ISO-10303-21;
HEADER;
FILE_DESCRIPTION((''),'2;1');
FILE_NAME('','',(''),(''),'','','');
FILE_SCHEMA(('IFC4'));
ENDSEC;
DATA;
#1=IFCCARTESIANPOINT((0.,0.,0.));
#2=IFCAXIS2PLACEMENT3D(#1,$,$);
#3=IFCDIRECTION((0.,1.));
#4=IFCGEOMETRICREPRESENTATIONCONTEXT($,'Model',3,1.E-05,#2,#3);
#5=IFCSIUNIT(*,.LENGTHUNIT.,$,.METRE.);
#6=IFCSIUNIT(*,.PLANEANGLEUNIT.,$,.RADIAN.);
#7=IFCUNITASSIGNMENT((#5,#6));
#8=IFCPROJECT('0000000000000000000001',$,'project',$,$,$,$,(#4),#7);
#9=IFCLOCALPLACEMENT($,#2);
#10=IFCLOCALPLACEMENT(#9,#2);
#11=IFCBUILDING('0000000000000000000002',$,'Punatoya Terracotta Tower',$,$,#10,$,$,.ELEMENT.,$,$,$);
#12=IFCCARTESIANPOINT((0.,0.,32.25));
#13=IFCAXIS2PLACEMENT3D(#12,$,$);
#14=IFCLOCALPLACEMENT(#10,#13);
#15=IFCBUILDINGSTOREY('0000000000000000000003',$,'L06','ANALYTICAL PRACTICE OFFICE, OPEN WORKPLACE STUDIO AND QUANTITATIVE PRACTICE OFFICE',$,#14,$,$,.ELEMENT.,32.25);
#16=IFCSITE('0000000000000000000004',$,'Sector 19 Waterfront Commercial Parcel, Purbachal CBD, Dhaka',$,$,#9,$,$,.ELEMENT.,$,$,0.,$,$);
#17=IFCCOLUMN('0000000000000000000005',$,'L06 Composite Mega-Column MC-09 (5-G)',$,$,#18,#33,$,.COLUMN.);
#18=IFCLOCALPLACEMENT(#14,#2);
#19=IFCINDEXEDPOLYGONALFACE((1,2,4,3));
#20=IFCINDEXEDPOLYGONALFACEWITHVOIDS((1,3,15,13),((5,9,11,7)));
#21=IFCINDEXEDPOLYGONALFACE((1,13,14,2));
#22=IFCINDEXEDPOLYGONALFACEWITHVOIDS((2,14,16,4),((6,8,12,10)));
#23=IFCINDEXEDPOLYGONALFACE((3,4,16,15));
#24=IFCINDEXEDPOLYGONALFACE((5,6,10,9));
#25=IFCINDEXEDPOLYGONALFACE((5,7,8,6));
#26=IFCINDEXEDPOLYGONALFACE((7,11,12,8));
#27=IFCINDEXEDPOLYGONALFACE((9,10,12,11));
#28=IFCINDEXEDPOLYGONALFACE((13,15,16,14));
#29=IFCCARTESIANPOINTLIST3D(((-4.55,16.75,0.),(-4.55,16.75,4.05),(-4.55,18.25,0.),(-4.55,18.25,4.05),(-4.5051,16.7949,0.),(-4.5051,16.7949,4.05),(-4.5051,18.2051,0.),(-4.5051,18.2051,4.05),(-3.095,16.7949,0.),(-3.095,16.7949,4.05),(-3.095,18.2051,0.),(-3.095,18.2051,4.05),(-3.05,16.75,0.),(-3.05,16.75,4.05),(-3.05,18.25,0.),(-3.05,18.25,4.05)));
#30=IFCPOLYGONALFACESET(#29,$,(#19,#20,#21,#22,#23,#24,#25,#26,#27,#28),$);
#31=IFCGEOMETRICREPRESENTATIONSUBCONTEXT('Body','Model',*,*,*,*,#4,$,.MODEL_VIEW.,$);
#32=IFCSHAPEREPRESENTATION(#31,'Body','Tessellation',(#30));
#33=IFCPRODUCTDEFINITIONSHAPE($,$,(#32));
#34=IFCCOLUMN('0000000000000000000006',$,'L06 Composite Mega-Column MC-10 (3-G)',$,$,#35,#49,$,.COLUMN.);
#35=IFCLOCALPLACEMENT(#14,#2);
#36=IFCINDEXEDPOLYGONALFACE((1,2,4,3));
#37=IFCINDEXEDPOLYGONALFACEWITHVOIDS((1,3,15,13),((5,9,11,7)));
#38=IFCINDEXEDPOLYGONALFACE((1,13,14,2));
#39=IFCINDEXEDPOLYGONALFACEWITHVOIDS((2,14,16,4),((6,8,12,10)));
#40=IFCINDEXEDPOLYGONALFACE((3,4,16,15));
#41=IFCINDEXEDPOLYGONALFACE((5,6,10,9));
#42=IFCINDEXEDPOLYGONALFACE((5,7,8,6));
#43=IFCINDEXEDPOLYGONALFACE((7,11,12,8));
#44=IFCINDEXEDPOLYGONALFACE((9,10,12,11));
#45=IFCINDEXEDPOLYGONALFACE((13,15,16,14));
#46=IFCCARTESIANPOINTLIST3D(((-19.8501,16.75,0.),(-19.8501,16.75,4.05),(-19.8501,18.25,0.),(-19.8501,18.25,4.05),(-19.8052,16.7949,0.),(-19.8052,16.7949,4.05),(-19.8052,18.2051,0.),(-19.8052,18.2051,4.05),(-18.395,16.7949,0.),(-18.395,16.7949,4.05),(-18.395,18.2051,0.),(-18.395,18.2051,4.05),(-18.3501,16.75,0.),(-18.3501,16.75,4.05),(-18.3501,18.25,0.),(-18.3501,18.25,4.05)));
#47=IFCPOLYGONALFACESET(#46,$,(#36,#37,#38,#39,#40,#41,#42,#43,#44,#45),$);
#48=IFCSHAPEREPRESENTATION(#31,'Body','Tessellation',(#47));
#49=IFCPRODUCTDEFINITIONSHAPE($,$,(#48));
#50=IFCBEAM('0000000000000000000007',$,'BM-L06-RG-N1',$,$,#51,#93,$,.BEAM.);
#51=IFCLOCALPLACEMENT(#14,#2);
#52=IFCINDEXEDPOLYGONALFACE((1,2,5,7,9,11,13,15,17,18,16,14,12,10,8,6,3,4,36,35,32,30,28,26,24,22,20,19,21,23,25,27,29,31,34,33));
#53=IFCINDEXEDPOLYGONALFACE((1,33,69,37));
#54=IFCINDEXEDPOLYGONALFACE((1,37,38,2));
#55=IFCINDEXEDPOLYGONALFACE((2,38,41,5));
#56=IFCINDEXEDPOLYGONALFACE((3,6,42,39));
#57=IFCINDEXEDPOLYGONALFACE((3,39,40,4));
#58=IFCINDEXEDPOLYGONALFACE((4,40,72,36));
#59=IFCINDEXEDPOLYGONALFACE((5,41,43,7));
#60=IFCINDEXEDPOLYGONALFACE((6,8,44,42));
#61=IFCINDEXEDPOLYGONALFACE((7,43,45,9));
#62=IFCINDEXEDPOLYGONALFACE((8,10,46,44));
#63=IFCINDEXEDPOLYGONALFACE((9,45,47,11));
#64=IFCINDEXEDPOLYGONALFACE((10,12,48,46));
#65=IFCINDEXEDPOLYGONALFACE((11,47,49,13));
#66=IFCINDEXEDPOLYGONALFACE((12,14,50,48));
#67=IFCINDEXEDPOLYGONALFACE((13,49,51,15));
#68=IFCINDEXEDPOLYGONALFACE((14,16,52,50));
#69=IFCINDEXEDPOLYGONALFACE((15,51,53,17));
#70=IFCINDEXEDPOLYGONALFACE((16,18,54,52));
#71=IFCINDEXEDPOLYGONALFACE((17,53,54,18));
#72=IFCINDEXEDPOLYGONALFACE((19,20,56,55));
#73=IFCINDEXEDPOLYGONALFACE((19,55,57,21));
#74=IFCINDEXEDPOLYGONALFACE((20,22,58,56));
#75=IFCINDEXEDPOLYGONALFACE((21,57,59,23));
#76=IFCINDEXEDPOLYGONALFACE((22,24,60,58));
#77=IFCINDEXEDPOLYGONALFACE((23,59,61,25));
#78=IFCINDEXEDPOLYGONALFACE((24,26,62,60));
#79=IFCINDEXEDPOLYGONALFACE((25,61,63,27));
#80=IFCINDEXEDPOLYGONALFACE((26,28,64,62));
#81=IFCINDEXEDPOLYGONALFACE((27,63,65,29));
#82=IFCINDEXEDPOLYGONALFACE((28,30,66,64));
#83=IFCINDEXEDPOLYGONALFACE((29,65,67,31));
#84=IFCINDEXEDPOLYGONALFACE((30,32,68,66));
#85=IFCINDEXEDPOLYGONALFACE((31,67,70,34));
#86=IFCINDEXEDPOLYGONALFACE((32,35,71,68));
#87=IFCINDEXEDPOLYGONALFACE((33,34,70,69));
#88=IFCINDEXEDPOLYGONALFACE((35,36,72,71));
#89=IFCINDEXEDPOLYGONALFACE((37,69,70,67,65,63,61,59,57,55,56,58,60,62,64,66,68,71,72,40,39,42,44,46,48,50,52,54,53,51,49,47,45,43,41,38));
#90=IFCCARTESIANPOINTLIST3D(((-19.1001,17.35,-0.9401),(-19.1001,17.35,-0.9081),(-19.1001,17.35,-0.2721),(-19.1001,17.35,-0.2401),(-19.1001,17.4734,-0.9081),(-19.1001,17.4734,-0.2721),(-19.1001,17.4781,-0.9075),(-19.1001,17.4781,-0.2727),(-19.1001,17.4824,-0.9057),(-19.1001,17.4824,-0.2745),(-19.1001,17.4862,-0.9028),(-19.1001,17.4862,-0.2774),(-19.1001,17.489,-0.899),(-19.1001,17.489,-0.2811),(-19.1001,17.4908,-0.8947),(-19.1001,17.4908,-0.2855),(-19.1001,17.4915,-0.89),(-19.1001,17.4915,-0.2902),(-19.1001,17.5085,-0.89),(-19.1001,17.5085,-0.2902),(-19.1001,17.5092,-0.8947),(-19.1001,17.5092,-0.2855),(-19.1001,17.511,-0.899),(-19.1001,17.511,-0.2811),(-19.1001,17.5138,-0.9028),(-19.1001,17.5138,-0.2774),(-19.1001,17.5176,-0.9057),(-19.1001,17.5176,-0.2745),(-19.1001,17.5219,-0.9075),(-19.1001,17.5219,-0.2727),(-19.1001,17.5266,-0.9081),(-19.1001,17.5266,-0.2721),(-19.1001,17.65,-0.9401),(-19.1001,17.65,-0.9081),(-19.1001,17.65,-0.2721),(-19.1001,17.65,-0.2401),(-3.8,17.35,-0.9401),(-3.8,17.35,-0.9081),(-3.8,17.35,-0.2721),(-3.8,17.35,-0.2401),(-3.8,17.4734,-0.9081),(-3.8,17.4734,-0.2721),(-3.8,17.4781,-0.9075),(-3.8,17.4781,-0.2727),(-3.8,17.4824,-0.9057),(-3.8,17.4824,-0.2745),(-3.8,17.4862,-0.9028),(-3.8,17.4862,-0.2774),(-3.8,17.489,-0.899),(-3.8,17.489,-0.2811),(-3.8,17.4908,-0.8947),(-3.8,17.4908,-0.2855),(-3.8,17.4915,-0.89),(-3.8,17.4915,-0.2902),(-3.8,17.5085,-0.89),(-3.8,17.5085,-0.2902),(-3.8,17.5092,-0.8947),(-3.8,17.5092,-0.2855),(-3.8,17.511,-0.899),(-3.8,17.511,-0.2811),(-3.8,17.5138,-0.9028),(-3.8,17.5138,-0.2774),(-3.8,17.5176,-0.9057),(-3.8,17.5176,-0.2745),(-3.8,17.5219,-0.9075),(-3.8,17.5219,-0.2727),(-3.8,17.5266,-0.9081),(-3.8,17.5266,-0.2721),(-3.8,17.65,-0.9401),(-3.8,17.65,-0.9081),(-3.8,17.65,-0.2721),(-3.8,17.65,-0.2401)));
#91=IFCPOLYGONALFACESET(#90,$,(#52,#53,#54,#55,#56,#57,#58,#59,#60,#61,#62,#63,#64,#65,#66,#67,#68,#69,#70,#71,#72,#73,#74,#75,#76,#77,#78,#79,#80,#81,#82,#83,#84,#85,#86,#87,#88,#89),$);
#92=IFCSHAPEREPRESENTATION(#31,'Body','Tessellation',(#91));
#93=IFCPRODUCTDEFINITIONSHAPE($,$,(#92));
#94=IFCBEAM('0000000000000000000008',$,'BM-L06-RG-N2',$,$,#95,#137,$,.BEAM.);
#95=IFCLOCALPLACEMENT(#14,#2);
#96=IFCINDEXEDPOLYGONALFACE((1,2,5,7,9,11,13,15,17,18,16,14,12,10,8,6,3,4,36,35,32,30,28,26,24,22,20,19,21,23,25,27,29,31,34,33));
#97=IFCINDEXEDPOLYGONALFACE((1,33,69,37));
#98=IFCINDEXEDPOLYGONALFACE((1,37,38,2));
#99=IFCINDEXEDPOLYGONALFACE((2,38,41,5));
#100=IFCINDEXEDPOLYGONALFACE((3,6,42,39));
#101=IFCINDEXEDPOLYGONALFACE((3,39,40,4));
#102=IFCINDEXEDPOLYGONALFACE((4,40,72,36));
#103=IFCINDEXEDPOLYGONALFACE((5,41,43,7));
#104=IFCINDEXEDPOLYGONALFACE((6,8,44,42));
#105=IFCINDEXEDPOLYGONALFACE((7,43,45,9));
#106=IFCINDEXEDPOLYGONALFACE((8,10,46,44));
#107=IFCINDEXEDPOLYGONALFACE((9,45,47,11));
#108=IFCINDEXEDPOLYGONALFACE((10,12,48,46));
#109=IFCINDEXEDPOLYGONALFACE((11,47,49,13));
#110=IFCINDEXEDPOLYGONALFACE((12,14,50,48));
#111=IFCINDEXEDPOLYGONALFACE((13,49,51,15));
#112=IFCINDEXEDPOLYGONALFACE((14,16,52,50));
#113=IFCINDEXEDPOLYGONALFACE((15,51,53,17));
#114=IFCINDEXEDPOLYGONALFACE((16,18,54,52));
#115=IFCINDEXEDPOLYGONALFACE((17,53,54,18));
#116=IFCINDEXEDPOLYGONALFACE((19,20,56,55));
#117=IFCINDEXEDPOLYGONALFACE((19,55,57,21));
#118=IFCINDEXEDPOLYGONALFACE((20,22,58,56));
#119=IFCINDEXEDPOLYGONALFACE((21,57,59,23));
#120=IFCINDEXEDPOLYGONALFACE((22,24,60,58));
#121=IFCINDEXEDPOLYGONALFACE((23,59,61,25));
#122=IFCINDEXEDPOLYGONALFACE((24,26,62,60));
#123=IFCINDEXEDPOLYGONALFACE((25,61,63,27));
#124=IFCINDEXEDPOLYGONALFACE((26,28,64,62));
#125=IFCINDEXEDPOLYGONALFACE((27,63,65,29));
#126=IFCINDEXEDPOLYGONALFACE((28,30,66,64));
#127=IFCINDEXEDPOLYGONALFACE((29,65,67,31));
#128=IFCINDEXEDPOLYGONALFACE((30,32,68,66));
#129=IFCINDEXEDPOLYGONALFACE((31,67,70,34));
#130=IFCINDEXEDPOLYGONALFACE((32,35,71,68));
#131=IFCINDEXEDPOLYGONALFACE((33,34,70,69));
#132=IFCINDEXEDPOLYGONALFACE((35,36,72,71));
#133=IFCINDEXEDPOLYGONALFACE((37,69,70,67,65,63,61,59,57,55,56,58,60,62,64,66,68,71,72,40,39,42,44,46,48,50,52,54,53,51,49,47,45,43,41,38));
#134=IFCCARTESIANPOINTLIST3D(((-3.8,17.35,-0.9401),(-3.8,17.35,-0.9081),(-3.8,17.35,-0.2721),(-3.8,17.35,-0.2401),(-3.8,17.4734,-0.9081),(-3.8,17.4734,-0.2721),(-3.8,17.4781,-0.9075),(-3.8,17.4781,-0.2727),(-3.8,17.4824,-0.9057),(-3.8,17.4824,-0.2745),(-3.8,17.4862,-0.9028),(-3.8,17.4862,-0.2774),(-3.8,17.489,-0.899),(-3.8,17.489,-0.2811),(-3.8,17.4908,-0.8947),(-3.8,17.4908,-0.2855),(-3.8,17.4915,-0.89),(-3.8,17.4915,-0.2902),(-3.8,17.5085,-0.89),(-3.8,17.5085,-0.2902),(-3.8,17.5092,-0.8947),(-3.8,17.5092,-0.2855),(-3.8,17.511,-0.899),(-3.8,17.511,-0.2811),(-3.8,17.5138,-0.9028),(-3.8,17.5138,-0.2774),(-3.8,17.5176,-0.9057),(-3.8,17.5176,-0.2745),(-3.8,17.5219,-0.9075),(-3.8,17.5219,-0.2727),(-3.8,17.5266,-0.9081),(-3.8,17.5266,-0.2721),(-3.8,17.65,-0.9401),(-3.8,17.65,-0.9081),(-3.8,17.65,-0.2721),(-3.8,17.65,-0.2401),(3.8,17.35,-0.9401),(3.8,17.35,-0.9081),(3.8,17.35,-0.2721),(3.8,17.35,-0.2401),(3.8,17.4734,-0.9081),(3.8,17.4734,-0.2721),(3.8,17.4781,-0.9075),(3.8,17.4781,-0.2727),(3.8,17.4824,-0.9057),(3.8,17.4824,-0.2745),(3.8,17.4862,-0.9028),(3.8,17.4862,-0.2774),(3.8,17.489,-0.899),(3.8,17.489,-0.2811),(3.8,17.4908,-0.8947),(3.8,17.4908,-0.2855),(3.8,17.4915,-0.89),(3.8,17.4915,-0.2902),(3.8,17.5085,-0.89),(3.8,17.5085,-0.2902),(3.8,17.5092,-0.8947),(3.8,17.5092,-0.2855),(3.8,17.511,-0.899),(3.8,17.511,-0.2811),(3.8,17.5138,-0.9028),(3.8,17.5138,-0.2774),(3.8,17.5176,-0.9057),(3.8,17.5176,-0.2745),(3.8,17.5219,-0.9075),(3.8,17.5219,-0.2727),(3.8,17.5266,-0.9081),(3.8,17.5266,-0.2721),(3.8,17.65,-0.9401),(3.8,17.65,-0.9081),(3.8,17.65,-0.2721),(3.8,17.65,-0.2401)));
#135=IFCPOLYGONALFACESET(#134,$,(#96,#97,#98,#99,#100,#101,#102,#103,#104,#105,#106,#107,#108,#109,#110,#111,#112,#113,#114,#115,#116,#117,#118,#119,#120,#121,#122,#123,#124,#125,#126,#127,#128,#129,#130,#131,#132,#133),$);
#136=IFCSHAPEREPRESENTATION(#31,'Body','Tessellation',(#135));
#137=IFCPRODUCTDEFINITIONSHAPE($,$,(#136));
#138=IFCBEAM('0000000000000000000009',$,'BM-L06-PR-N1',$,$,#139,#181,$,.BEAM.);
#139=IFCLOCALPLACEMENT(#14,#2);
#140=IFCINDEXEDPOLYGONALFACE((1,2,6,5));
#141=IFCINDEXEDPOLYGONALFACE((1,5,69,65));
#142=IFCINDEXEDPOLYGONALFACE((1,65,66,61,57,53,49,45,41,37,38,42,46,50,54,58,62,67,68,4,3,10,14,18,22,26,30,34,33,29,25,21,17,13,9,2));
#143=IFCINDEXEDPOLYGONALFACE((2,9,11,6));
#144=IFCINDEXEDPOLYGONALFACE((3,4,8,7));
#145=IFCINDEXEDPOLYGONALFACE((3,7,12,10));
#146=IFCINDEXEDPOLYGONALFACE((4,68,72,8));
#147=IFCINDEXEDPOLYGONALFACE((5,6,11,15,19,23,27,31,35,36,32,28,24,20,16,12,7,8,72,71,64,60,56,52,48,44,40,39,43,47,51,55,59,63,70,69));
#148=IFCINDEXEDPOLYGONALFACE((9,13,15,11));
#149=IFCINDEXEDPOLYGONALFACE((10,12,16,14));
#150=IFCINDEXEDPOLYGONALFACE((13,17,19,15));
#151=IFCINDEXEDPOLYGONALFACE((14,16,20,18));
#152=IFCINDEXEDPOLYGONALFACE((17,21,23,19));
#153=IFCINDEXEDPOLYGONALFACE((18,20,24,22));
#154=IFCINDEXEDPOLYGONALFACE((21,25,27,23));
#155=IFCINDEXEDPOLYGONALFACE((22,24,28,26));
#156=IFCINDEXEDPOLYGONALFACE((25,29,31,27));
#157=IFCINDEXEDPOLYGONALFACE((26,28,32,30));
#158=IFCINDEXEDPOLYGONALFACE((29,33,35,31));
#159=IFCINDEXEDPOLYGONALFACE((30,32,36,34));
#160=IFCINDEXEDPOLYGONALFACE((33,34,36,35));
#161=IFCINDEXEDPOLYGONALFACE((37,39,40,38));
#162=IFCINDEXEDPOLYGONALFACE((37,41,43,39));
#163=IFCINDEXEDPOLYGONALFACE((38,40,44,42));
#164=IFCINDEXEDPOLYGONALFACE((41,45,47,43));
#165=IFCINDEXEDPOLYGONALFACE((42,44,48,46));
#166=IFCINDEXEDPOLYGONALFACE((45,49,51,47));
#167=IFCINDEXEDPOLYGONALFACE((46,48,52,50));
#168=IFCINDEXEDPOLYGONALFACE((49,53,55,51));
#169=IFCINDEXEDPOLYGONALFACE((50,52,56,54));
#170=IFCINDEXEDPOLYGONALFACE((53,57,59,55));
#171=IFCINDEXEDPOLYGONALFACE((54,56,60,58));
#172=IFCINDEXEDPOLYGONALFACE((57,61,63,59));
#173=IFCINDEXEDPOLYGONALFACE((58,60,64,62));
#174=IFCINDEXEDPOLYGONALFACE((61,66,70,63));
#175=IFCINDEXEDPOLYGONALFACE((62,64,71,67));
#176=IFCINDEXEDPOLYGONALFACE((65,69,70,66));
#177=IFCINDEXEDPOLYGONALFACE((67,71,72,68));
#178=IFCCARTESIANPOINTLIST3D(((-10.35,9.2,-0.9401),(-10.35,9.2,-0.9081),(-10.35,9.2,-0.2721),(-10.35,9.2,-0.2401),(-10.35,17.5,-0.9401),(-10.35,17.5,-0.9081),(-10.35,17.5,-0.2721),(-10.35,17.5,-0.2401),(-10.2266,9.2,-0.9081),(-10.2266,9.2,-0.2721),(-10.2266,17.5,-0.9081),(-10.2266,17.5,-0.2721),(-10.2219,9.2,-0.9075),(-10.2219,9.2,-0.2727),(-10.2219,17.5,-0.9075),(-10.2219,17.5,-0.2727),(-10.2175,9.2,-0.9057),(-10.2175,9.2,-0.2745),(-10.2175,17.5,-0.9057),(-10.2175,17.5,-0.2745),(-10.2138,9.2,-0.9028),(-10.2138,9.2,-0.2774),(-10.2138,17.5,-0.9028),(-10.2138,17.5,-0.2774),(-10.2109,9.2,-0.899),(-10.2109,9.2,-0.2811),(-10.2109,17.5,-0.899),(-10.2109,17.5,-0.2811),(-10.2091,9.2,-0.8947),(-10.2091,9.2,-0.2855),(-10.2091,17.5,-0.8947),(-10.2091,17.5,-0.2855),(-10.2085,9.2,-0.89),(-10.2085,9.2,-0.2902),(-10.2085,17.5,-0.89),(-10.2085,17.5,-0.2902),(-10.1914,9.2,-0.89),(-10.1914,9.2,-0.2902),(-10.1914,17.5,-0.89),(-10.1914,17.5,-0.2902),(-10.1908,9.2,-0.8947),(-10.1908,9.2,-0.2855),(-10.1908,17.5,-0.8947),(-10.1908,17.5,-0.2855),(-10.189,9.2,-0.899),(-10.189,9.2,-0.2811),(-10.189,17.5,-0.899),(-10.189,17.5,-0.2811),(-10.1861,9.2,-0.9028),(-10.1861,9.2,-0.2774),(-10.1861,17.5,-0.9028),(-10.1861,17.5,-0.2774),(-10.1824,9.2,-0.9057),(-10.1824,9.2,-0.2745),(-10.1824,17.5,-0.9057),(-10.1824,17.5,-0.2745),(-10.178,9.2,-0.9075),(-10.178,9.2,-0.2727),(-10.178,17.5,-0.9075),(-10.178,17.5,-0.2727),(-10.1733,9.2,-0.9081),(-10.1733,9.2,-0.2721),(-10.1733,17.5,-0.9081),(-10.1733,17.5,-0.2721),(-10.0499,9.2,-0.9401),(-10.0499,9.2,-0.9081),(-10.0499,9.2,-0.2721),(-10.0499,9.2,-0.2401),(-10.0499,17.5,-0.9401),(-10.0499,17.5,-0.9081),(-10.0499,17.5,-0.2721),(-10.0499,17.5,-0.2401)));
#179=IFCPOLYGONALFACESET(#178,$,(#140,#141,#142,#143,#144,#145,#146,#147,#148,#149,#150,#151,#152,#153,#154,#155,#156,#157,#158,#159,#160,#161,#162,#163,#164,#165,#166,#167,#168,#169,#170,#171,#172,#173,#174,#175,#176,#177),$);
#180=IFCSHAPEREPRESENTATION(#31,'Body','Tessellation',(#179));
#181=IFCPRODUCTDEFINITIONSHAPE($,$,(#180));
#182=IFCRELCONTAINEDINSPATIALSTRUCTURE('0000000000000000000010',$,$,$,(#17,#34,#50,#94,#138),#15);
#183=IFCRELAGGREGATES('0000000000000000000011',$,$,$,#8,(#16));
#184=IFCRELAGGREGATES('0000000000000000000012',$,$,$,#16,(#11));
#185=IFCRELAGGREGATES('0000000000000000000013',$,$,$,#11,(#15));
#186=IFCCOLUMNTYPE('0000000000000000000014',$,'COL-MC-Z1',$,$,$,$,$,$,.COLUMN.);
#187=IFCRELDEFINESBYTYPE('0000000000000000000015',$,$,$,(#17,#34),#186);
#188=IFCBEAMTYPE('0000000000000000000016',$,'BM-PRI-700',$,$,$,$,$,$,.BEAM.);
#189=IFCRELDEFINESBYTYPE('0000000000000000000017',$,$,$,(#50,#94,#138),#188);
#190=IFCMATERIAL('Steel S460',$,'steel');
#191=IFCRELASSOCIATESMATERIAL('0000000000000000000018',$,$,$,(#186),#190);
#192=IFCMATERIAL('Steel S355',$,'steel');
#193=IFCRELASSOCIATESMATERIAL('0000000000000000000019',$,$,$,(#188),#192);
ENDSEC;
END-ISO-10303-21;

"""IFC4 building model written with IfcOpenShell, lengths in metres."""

from ifc_helpers import new_model, si_unit, direction, frame, origin, origin_2d, place, context, subcontext, project, spatial, hollow_rectangle, i_section, extrude, material, material_profile, profile_set, type_object, element, save


model = new_model("IFC4")

# Units and contexts
model_context = context("Model", 3, precision=1e-05, world=origin(), true_north=direction((0.0, 1.0)))
body_context = subcontext(model_context, "Body", "Model", "MODEL_VIEW")
ifc_project = project(units=[si_unit("LENGTHUNIT", "METRE"), si_unit("PLANEANGLEUNIT", "RADIAN")], contexts=[model_context])

# Site, building, storey
site_placement = place(None, origin())
site = spatial("IfcSite", under=ifc_project, at=site_placement, Name="Sector 19 Waterfront Commercial Parcel, Purbachal CBD, Dhaka", CompositionType="ELEMENT", RefElevation=0.0)
building_placement = place(site_placement, origin())
building = spatial("IfcBuilding", under=site, at=building_placement, Name="Punatoya Terracotta Tower", CompositionType="ELEMENT")
storey_placement = place(building_placement, frame((0.0, 0.0, 32.25)))
storey = spatial("IfcBuildingStorey", under=building, at=storey_placement, Name="L06", Description="ANALYTICAL PRACTICE OFFICE, OPEN WORKPLACE STUDIO AND QUANTITATIVE PRACTICE OFFICE", CompositionType="ELEMENT", Elevation=32.25)

# Columns
ifc_material_1 = material(Name="Steel S460", Category="steel")
ifc_material_profile_1 = material_profile(ifc_material_1, hollow_rectangle(XDim=1.5, YDim=1.5, WallThickness=0.0449, at=origin_2d()))
ifc_profile_set_1 = profile_set([ifc_material_profile_1], Name="Steel S460")
column_type = type_object("IfcColumnType", Name="COL-MC-Z1", PredefinedType="COLUMN", material=ifc_profile_set_1)
for number, where, z_axis, x_axis, name in (
    (1, (-3.8, 17.5, 0.0), (0.0, 0.0, 1.0), (1.0, 0.0, 0.0), "L06 Composite Mega-Column MC-09 (5-G)"),
    (2, (-19.1001, 17.5, 0.0), (0.0, 0.0, 1.0), (1.0, 0.0, 0.0), "L06 Composite Mega-Column MC-10 (3-G)"),
):
    element("IfcColumn", number, at=place(storey_placement, frame(where, z_axis=z_axis, x_axis=x_axis)), inside=storey, type_object=column_type, Name=name, PredefinedType="COLUMN", context=body_context, shape_type="SweptSolid", body=[
        extrude(hollow_rectangle(XDim=1.5, YDim=1.5, WallThickness=0.0449, at=origin_2d()), origin(), (0.0, 0.0, 1.0), 4.05),
    ])

# Beams
ifc_material_2 = material(Name="Steel S355", Category="steel")
ifc_material_profile_2 = material_profile(ifc_material_2, i_section(OverallWidth=0.3, OverallDepth=0.7, WebThickness=0.0171, FlangeThickness=0.032, FilletRadius=0.0181, at=origin_2d()))
ifc_profile_set_2 = profile_set([ifc_material_profile_2], Name="Steel S355")
beam_type_1 = type_object("IfcBeamType", Name="BM-PRI-700", PredefinedType="BEAM", material=ifc_profile_set_2)
beam_1_placement = place(storey_placement, frame((-19.1001, 17.5, -0.5901), z_axis=(1.0, 0.0, 0.0), x_axis=(0.0, 1.0, 0.0)))
element("IfcBeam", 3, at=beam_1_placement, inside=storey, type_object=beam_type_1, Name="BM-L06-RG-N1", PredefinedType="BEAM", context=body_context, shape_type="SweptSolid", body=[
    extrude(i_section(OverallWidth=0.3, OverallDepth=0.7, WebThickness=0.0171, FlangeThickness=0.032, FilletRadius=0.0181, at=origin_2d()), origin(), (0.0, 0.0, 1.0), 15.3),
])
beam_2_placement = place(storey_placement, frame((-3.8, 17.5, -0.5901), z_axis=(1.0, 0.0, 0.0), x_axis=(0.0, 1.0, 0.0)))
element("IfcBeam", 4, at=beam_2_placement, inside=storey, type_object=beam_type_1, Name="BM-L06-RG-N2", PredefinedType="BEAM", context=body_context, shape_type="SweptSolid", body=[
    extrude(i_section(OverallWidth=0.3, OverallDepth=0.7, WebThickness=0.0171, FlangeThickness=0.032, FilletRadius=0.0181, at=origin_2d()), origin(), (0.0, 0.0, 1.0), 7.6001),
])
for number, where, z_axis, x_axis, name in (
    (5, (-10.2, 9.2, -0.5901), (0.0, 1.0, 0.0), (-1.0, 0.0, 0.0), "BM-L06-PR-N1"),
):
    element("IfcBeam", number, at=place(storey_placement, frame(where, z_axis=z_axis, x_axis=x_axis)), inside=storey, type_object=beam_type_1, Name=name, PredefinedType="BEAM", context=body_context, shape_type="SweptSolid", body=[
        extrude(i_section(OverallWidth=0.3, OverallDepth=0.7, WebThickness=0.0171, FlangeThickness=0.032, FilletRadius=0.0181, at=origin_2d()), origin(), (0.0, 0.0, 1.0), 8.3),
    ])

save(model, "model.ifc")
